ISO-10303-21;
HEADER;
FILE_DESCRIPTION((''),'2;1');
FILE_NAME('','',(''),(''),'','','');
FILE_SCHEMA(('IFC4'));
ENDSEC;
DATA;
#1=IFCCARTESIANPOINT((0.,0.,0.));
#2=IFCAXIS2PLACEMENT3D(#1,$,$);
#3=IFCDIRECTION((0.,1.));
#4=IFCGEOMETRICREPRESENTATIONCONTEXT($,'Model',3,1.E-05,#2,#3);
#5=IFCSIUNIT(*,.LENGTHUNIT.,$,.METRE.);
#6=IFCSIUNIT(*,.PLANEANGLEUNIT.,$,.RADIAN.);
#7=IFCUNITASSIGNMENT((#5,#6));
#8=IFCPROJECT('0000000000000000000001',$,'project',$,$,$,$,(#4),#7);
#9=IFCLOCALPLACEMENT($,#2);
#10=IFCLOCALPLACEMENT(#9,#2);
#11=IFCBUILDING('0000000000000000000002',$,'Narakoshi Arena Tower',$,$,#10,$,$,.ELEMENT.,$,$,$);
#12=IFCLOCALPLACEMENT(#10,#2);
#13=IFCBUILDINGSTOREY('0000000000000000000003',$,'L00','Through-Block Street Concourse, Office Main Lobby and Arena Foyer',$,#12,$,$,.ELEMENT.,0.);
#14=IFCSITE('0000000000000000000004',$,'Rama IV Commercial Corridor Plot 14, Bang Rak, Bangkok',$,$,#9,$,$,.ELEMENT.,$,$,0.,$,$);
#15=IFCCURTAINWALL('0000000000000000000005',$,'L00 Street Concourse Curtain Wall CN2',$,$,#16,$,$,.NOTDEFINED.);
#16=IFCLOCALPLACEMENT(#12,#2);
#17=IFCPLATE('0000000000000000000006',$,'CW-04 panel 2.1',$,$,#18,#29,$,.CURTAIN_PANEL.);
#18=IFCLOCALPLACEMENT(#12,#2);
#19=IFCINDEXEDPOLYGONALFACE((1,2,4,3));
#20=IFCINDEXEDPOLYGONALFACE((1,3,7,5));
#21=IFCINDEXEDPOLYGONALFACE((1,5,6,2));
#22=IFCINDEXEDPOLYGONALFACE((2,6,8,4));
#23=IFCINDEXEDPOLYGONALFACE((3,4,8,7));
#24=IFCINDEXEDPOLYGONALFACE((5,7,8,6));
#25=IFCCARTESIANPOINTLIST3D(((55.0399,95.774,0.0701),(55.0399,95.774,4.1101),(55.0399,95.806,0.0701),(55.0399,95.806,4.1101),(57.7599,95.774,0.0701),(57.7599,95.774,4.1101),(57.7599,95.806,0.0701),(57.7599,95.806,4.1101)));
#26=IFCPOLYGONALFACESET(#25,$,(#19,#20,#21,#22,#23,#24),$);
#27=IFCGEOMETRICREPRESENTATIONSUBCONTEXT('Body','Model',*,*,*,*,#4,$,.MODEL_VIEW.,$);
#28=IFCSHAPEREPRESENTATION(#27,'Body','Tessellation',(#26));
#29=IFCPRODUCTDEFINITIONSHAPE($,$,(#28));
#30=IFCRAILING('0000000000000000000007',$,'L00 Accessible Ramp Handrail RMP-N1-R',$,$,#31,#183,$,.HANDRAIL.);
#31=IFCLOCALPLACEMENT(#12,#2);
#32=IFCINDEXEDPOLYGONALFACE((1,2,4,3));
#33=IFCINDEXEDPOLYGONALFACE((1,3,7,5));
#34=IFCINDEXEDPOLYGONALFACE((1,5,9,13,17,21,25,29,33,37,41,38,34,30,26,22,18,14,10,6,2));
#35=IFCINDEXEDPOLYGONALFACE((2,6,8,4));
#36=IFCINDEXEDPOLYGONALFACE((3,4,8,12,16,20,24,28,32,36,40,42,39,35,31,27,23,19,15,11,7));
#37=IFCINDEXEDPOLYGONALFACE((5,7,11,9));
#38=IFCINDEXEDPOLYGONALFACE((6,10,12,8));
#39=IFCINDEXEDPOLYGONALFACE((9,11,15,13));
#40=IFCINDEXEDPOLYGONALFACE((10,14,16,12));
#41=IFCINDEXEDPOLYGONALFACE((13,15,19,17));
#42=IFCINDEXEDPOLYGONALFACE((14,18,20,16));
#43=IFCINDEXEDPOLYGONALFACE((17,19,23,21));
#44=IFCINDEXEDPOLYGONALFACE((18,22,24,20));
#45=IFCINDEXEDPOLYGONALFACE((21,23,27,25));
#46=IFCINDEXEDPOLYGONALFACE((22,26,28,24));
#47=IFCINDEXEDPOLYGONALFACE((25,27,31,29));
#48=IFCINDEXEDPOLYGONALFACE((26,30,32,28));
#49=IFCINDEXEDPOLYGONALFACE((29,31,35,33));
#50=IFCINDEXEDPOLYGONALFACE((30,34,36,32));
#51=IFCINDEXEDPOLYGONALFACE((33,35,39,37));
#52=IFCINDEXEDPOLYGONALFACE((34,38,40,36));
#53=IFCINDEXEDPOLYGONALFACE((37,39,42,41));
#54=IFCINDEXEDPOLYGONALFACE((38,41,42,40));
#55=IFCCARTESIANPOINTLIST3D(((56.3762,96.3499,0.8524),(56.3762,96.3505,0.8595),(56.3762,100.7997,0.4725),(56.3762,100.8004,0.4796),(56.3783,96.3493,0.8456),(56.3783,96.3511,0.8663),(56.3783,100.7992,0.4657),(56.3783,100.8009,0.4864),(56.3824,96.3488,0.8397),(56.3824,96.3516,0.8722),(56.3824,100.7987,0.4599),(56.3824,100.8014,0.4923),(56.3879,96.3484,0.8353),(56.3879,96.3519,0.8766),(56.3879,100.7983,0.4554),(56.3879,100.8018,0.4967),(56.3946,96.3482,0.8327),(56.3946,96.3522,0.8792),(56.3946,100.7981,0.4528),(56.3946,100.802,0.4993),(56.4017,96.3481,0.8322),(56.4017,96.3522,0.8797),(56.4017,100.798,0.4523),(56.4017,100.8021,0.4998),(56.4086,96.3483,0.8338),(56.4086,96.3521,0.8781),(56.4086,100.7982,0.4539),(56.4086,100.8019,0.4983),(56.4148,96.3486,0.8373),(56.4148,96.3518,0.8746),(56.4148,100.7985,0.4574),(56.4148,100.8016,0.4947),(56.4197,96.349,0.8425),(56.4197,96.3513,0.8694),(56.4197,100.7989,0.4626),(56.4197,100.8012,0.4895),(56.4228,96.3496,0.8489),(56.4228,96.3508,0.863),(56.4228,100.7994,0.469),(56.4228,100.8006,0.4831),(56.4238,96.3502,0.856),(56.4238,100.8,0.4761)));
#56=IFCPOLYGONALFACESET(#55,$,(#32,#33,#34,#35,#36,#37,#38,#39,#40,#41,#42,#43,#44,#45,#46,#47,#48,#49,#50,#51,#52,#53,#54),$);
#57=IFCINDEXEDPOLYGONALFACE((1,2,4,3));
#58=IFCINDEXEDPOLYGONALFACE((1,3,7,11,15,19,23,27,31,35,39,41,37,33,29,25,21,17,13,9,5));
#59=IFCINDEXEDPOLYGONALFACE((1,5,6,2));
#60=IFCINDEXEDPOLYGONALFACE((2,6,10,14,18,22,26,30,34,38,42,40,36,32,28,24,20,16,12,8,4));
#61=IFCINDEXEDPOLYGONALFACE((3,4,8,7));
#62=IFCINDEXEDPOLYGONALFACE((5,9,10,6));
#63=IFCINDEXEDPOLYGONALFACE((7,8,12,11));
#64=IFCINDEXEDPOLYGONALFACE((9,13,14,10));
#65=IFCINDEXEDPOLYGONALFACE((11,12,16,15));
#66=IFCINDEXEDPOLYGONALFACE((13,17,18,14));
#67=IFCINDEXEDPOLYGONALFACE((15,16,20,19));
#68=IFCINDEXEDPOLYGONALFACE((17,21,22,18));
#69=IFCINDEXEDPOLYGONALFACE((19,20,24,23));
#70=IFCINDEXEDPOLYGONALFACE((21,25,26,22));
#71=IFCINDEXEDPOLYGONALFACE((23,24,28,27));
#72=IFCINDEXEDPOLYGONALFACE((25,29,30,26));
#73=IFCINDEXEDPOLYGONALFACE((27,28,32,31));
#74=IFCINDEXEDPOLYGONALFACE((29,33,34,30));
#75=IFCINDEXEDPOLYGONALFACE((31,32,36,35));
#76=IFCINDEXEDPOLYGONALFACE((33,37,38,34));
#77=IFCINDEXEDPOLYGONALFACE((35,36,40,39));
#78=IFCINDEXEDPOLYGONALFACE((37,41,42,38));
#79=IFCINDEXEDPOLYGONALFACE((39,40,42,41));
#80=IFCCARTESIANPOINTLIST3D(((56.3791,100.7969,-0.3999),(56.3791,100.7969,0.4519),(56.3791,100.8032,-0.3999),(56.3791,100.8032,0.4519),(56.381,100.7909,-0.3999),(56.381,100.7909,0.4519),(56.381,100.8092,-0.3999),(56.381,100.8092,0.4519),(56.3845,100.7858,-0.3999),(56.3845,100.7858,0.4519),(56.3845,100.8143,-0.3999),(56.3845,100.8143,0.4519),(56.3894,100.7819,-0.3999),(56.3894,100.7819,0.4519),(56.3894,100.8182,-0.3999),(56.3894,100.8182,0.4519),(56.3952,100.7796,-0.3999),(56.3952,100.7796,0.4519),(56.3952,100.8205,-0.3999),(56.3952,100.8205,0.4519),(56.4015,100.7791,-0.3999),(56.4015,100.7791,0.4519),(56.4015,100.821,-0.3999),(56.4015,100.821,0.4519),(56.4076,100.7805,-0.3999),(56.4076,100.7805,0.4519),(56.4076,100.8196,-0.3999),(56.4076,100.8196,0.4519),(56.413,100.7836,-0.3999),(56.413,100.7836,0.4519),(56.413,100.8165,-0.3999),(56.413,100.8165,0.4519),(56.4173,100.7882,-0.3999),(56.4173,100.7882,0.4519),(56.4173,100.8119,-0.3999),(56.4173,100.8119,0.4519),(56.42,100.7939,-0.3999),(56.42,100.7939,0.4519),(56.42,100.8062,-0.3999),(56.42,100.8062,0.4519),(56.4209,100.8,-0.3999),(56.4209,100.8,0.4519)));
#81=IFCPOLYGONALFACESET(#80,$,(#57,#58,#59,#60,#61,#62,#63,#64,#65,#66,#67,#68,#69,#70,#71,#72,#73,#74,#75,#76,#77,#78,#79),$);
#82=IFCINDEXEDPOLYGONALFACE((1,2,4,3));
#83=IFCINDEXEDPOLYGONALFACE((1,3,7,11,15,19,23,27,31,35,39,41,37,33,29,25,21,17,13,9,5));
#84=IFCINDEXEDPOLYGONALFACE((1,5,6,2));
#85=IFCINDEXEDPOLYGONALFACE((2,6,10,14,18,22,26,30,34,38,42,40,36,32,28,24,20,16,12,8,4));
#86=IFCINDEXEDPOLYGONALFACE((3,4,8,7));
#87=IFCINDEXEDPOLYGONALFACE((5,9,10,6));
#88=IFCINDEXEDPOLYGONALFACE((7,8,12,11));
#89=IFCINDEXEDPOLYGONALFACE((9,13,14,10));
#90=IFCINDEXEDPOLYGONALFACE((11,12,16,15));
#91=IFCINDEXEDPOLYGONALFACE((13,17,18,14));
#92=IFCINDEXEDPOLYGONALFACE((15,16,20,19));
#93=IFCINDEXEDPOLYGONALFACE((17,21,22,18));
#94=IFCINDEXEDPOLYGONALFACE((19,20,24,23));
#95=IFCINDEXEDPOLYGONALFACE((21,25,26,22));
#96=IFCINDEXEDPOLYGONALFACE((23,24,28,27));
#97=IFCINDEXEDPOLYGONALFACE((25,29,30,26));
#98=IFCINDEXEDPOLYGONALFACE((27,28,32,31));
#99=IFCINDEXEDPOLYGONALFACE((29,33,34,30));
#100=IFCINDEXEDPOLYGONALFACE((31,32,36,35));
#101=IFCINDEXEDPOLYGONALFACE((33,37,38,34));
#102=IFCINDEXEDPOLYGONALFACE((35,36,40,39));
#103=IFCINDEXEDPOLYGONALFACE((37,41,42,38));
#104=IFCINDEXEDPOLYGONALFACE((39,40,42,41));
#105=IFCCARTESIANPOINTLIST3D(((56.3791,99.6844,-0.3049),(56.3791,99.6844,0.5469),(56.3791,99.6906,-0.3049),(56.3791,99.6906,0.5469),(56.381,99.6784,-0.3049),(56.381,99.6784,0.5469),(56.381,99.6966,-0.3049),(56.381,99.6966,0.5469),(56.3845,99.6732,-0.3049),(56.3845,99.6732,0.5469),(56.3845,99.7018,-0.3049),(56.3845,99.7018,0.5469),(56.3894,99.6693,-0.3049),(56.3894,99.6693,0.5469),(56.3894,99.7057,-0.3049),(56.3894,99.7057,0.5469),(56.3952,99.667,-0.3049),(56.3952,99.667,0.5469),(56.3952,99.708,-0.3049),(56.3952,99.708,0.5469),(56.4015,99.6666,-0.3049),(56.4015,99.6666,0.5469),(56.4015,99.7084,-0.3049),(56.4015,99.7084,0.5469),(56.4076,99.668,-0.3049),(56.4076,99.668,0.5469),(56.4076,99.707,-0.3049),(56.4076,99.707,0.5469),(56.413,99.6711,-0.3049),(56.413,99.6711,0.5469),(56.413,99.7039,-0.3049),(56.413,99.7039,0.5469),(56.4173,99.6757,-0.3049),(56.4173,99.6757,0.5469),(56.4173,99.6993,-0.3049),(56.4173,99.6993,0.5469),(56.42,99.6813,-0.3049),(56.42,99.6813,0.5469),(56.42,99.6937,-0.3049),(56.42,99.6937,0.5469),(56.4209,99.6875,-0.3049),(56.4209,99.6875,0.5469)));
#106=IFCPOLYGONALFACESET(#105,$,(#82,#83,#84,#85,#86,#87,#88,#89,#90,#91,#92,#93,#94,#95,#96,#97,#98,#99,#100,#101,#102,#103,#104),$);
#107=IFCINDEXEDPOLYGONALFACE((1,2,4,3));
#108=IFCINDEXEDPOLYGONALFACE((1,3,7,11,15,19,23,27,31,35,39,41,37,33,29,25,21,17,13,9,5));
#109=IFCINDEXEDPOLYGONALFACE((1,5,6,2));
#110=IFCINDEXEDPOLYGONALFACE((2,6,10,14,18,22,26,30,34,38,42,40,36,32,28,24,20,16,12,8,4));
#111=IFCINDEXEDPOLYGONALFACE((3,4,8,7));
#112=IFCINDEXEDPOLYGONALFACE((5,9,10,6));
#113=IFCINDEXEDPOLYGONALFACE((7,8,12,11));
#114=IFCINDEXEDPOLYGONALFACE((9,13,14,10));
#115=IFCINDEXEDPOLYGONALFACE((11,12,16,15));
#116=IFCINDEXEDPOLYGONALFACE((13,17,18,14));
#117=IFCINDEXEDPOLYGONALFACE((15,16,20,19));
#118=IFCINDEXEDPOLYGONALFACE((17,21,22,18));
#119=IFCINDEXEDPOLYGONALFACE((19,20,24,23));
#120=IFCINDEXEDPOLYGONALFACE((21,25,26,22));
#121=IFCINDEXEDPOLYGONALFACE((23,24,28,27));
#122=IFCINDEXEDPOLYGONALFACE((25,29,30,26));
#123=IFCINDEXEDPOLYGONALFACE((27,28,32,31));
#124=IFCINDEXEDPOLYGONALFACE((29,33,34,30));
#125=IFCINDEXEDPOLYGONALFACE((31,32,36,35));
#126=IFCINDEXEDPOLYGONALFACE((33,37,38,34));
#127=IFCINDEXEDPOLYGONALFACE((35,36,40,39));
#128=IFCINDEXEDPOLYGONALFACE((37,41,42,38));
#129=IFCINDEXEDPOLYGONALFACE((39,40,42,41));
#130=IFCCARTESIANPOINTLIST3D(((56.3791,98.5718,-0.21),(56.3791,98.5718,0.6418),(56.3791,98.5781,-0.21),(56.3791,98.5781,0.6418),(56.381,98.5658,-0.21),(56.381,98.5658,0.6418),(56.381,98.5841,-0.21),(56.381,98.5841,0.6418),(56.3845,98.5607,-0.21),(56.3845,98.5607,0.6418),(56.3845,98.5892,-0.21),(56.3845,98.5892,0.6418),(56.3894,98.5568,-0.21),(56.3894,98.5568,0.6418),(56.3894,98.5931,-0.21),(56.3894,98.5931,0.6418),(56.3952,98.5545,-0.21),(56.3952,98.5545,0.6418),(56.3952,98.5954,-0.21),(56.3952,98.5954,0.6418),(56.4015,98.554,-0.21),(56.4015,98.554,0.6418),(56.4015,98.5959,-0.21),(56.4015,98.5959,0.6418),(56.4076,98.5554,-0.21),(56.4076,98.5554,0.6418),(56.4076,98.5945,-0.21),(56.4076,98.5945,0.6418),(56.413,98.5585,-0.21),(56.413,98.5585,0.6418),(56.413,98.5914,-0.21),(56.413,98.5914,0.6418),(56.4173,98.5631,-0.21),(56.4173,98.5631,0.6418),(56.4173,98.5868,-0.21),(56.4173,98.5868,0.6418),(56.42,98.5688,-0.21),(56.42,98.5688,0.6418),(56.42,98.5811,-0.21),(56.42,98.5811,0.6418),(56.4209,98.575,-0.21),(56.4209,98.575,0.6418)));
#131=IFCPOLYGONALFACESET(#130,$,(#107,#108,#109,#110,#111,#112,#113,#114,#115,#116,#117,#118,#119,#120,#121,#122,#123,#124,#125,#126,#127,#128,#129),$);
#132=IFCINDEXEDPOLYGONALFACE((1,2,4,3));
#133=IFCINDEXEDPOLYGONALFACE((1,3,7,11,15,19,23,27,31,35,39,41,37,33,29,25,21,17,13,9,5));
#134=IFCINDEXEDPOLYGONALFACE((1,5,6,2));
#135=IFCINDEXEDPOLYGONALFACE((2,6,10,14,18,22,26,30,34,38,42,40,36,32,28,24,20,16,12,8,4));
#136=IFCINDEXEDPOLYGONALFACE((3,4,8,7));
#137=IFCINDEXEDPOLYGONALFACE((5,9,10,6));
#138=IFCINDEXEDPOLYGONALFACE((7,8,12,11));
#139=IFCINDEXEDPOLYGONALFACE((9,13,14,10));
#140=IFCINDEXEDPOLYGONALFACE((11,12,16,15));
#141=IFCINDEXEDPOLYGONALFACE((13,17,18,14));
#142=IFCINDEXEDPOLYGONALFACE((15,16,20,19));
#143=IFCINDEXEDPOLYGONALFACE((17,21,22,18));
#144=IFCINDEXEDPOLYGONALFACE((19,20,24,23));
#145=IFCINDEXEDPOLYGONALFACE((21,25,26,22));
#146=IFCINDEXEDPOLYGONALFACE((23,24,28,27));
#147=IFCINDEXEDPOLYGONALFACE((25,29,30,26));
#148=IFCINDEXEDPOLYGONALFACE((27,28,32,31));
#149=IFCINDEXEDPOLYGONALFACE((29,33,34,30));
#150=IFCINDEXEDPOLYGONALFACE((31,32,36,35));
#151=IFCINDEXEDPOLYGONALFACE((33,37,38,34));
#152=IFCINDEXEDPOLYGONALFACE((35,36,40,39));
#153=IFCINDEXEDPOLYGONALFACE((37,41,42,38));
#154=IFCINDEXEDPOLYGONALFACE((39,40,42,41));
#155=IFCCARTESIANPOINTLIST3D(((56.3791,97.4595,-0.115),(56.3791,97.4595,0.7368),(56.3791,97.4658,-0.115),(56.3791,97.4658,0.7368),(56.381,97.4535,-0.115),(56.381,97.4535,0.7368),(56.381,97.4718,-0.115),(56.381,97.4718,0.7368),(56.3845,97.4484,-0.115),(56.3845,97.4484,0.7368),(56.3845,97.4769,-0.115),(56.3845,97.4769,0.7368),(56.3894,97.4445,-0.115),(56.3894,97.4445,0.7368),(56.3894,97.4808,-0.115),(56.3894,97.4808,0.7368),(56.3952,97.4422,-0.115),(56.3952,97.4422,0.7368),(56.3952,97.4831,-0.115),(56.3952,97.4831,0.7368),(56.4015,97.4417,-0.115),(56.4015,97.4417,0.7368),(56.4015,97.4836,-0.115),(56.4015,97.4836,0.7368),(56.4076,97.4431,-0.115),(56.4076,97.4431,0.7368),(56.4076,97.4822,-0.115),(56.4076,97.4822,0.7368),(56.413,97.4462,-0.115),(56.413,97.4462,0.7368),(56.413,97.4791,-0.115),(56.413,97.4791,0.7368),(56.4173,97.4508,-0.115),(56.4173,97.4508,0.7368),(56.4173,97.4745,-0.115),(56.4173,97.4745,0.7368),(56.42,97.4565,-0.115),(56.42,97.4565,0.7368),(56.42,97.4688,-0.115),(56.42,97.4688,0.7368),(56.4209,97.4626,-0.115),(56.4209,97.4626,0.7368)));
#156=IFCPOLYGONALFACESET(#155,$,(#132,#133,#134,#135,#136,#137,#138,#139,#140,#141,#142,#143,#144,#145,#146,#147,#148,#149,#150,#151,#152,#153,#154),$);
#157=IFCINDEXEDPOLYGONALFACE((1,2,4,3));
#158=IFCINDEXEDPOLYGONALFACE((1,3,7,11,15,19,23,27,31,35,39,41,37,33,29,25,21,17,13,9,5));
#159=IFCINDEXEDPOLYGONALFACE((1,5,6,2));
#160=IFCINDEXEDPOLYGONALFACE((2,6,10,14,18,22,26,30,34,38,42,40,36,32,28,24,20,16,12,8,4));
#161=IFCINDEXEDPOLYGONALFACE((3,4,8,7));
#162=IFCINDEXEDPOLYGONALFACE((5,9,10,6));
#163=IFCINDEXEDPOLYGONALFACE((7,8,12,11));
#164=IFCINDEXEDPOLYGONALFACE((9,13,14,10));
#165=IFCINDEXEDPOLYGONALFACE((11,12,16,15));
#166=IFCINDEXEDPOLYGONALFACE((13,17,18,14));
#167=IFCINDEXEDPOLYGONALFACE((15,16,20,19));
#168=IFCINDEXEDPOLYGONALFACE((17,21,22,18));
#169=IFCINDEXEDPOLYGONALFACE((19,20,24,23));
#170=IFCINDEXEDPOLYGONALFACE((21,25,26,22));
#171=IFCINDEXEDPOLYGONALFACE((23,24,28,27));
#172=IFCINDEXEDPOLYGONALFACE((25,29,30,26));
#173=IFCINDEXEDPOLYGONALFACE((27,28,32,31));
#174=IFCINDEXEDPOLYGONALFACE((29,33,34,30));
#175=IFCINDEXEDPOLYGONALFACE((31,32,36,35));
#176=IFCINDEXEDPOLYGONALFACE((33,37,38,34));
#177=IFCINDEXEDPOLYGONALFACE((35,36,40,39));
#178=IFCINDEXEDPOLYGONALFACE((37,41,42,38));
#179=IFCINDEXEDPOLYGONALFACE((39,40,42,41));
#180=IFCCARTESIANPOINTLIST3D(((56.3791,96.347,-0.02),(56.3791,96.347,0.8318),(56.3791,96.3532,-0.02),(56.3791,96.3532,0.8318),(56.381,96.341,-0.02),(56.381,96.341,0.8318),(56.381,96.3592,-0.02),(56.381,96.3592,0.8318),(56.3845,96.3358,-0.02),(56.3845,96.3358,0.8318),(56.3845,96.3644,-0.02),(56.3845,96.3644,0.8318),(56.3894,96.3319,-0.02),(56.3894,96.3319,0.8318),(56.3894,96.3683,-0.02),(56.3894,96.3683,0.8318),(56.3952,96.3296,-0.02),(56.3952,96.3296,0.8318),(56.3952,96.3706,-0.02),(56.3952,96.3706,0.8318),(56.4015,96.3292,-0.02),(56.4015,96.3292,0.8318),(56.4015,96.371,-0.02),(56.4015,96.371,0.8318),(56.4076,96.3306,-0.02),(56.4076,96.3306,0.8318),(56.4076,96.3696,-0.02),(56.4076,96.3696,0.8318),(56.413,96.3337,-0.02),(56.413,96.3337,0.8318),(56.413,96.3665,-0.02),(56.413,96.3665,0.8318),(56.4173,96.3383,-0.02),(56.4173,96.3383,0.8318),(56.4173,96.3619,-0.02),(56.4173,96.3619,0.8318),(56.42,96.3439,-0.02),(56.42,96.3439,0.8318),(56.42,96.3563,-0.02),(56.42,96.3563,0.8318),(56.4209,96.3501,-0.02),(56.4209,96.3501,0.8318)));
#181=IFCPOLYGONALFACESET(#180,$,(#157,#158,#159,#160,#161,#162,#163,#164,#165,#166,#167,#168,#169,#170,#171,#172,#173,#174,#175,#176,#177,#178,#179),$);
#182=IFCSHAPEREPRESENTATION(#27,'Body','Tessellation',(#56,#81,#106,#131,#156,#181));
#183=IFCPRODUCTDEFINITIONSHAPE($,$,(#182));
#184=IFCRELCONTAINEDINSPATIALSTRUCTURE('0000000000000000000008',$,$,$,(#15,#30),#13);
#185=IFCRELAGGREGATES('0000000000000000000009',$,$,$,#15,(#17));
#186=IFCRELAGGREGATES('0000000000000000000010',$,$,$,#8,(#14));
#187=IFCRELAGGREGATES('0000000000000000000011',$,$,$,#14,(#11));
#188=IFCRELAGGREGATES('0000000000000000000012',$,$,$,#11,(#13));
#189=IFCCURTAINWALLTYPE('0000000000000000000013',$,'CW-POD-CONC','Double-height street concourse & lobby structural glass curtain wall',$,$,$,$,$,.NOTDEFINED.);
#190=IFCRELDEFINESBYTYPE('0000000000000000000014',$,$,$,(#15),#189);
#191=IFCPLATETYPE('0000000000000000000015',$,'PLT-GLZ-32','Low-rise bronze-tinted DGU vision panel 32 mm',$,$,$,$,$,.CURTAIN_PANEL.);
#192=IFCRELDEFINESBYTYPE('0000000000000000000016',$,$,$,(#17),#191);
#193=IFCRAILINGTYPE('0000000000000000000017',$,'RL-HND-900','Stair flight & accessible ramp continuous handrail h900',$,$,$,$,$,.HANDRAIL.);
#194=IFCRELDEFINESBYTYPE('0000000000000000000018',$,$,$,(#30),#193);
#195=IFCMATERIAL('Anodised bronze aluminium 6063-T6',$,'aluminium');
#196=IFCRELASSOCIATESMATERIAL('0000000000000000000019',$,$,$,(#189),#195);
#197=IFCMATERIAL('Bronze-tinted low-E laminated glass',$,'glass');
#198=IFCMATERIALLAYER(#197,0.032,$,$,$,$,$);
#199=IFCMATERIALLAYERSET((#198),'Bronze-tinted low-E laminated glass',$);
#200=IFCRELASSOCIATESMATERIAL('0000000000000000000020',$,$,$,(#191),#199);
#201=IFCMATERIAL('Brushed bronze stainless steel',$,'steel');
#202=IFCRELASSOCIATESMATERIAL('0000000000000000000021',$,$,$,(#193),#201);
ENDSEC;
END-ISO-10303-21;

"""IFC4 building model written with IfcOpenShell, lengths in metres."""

from ifc_helpers import new_model, si_unit, direction, frame, origin, origin_2d, place, context, subcontext, project, spatial, rectangle, circle, extrude, material, layer, layer_set, type_object, element, aggregate, save


model = new_model("IFC4")

# Units and contexts
model_context = context("Model", 3, precision=1e-05, world=origin(), true_north=direction((0.0, 1.0)))
body_context = subcontext(model_context, "Body", "Model", "MODEL_VIEW")
ifc_project = project(units=[si_unit("LENGTHUNIT", "METRE"), si_unit("PLANEANGLEUNIT", "RADIAN")], contexts=[model_context])

# Site, building, storey
site_placement = place(None, origin())
site = spatial("IfcSite", under=ifc_project, at=site_placement, Name="Rama IV Commercial Corridor Plot 14, Bang Rak, Bangkok", CompositionType="ELEMENT", RefElevation=0.0)
building_placement = place(site_placement, origin())
building = spatial("IfcBuilding", under=site, at=building_placement, Name="Narakoshi Arena Tower", CompositionType="ELEMENT")
storey_placement = place(building_placement, origin())
storey = spatial("IfcBuildingStorey", under=building, at=storey_placement, Name="L00", Description="Through-Block Street Concourse, Office Main Lobby and Arena Foyer", CompositionType="ELEMENT", Elevation=0.0)

# Shared definitions
ifc_material_1 = material(Name="Anodised bronze aluminium 6063-T6", Category="aluminium")
curtain_wall_type = type_object("IfcCurtainWallType", Name="CW-POD-CONC", Description="Double-height street concourse & lobby structural glass curtain wall", PredefinedType="NOTDEFINED", material=ifc_material_1)

# Curtain wall
curtain_wall_1_placement = place(storey_placement, origin())
curtain_wall_1 = element("IfcCurtainWall", 1, at=curtain_wall_1_placement, inside=storey, type_object=curtain_wall_type, Name="L00 Street Concourse Curtain Wall CN2", PredefinedType="NOTDEFINED")

# Plate
ifc_material_2 = material(Name="Bronze-tinted low-E laminated glass", Category="glass")
ifc_layer_1 = layer(ifc_material_2, 0.032)
ifc_layer_set_1 = layer_set([ifc_layer_1], Name="Bronze-tinted low-E laminated glass")
plate_type = type_object("IfcPlateType", Name="PLT-GLZ-32", Description="Low-rise bronze-tinted DGU vision panel 32 mm", PredefinedType="CURTAIN_PANEL", material=ifc_layer_set_1)
plate_1_placement = place(storey_placement, frame((56.3999, 95.79, 0.0701), z_axis=(0.0, 0.0, 1.0), x_axis=(-1.0, 0.0, 0.0)))
plate_1 = element("IfcPlate", 2, at=plate_1_placement, type_object=plate_type, Name="CW-04 panel 2.1", PredefinedType="CURTAIN_PANEL", context=body_context, shape_type="SweptSolid", body=[
    extrude(rectangle(XDim=2.72, YDim=0.032, at=origin_2d()), origin(), (0.0, 0.0, 1.0), 4.04),
])
aggregate(curtain_wall_1, [plate_1])

# Railing
ifc_material_3 = material(Name="Brushed bronze stainless steel", Category="steel")
railing_type = type_object("IfcRailingType", Name="RL-HND-900", Description="Stair flight & accessible ramp continuous handrail h900", PredefinedType="HANDRAIL", material=ifc_material_3)
for number, where, name in (
    (3, (56.3999, 100.8, -0.3999), "L00 Accessible Ramp Handrail RMP-N1-R"),
):
    element("IfcRailing", number, at=place(storey_placement, frame(where)), inside=storey, type_object=railing_type, Name=name, PredefinedType="HANDRAIL", context=body_context, shape_type="SweptSolid", body=[
        extrude(circle(Radius=0.0239, at=origin_2d()), frame((0.0, 0.0, 0.876), z_axis=(0.0, -0.996376, 0.085058), x_axis=(1.0, 0.0, 0.0)), (0.0, 0.0, 1.0), 4.4661),
        extrude(circle(Radius=0.021, at=origin_2d()), origin(), (0.0, 0.0, 1.0), 0.8518),
        extrude(circle(Radius=0.021, at=origin_2d()), frame((0.0, -1.1125, 0.095)), (0.0, 0.0, 1.0), 0.8518),
        extrude(circle(Radius=0.021, at=origin_2d()), frame((0.0, -2.2251, 0.1899)), (0.0, 0.0, 1.0), 0.8518),
        extrude(circle(Radius=0.021, at=origin_2d()), frame((0.0, -3.3374, 0.2849)), (0.0, 0.0, 1.0), 0.8518),
        extrude(circle(Radius=0.021, at=origin_2d()), frame((0.0, -4.45, 0.3799)), (0.0, 0.0, 1.0), 0.8518),
    ])

save(model, "model.ifc")
